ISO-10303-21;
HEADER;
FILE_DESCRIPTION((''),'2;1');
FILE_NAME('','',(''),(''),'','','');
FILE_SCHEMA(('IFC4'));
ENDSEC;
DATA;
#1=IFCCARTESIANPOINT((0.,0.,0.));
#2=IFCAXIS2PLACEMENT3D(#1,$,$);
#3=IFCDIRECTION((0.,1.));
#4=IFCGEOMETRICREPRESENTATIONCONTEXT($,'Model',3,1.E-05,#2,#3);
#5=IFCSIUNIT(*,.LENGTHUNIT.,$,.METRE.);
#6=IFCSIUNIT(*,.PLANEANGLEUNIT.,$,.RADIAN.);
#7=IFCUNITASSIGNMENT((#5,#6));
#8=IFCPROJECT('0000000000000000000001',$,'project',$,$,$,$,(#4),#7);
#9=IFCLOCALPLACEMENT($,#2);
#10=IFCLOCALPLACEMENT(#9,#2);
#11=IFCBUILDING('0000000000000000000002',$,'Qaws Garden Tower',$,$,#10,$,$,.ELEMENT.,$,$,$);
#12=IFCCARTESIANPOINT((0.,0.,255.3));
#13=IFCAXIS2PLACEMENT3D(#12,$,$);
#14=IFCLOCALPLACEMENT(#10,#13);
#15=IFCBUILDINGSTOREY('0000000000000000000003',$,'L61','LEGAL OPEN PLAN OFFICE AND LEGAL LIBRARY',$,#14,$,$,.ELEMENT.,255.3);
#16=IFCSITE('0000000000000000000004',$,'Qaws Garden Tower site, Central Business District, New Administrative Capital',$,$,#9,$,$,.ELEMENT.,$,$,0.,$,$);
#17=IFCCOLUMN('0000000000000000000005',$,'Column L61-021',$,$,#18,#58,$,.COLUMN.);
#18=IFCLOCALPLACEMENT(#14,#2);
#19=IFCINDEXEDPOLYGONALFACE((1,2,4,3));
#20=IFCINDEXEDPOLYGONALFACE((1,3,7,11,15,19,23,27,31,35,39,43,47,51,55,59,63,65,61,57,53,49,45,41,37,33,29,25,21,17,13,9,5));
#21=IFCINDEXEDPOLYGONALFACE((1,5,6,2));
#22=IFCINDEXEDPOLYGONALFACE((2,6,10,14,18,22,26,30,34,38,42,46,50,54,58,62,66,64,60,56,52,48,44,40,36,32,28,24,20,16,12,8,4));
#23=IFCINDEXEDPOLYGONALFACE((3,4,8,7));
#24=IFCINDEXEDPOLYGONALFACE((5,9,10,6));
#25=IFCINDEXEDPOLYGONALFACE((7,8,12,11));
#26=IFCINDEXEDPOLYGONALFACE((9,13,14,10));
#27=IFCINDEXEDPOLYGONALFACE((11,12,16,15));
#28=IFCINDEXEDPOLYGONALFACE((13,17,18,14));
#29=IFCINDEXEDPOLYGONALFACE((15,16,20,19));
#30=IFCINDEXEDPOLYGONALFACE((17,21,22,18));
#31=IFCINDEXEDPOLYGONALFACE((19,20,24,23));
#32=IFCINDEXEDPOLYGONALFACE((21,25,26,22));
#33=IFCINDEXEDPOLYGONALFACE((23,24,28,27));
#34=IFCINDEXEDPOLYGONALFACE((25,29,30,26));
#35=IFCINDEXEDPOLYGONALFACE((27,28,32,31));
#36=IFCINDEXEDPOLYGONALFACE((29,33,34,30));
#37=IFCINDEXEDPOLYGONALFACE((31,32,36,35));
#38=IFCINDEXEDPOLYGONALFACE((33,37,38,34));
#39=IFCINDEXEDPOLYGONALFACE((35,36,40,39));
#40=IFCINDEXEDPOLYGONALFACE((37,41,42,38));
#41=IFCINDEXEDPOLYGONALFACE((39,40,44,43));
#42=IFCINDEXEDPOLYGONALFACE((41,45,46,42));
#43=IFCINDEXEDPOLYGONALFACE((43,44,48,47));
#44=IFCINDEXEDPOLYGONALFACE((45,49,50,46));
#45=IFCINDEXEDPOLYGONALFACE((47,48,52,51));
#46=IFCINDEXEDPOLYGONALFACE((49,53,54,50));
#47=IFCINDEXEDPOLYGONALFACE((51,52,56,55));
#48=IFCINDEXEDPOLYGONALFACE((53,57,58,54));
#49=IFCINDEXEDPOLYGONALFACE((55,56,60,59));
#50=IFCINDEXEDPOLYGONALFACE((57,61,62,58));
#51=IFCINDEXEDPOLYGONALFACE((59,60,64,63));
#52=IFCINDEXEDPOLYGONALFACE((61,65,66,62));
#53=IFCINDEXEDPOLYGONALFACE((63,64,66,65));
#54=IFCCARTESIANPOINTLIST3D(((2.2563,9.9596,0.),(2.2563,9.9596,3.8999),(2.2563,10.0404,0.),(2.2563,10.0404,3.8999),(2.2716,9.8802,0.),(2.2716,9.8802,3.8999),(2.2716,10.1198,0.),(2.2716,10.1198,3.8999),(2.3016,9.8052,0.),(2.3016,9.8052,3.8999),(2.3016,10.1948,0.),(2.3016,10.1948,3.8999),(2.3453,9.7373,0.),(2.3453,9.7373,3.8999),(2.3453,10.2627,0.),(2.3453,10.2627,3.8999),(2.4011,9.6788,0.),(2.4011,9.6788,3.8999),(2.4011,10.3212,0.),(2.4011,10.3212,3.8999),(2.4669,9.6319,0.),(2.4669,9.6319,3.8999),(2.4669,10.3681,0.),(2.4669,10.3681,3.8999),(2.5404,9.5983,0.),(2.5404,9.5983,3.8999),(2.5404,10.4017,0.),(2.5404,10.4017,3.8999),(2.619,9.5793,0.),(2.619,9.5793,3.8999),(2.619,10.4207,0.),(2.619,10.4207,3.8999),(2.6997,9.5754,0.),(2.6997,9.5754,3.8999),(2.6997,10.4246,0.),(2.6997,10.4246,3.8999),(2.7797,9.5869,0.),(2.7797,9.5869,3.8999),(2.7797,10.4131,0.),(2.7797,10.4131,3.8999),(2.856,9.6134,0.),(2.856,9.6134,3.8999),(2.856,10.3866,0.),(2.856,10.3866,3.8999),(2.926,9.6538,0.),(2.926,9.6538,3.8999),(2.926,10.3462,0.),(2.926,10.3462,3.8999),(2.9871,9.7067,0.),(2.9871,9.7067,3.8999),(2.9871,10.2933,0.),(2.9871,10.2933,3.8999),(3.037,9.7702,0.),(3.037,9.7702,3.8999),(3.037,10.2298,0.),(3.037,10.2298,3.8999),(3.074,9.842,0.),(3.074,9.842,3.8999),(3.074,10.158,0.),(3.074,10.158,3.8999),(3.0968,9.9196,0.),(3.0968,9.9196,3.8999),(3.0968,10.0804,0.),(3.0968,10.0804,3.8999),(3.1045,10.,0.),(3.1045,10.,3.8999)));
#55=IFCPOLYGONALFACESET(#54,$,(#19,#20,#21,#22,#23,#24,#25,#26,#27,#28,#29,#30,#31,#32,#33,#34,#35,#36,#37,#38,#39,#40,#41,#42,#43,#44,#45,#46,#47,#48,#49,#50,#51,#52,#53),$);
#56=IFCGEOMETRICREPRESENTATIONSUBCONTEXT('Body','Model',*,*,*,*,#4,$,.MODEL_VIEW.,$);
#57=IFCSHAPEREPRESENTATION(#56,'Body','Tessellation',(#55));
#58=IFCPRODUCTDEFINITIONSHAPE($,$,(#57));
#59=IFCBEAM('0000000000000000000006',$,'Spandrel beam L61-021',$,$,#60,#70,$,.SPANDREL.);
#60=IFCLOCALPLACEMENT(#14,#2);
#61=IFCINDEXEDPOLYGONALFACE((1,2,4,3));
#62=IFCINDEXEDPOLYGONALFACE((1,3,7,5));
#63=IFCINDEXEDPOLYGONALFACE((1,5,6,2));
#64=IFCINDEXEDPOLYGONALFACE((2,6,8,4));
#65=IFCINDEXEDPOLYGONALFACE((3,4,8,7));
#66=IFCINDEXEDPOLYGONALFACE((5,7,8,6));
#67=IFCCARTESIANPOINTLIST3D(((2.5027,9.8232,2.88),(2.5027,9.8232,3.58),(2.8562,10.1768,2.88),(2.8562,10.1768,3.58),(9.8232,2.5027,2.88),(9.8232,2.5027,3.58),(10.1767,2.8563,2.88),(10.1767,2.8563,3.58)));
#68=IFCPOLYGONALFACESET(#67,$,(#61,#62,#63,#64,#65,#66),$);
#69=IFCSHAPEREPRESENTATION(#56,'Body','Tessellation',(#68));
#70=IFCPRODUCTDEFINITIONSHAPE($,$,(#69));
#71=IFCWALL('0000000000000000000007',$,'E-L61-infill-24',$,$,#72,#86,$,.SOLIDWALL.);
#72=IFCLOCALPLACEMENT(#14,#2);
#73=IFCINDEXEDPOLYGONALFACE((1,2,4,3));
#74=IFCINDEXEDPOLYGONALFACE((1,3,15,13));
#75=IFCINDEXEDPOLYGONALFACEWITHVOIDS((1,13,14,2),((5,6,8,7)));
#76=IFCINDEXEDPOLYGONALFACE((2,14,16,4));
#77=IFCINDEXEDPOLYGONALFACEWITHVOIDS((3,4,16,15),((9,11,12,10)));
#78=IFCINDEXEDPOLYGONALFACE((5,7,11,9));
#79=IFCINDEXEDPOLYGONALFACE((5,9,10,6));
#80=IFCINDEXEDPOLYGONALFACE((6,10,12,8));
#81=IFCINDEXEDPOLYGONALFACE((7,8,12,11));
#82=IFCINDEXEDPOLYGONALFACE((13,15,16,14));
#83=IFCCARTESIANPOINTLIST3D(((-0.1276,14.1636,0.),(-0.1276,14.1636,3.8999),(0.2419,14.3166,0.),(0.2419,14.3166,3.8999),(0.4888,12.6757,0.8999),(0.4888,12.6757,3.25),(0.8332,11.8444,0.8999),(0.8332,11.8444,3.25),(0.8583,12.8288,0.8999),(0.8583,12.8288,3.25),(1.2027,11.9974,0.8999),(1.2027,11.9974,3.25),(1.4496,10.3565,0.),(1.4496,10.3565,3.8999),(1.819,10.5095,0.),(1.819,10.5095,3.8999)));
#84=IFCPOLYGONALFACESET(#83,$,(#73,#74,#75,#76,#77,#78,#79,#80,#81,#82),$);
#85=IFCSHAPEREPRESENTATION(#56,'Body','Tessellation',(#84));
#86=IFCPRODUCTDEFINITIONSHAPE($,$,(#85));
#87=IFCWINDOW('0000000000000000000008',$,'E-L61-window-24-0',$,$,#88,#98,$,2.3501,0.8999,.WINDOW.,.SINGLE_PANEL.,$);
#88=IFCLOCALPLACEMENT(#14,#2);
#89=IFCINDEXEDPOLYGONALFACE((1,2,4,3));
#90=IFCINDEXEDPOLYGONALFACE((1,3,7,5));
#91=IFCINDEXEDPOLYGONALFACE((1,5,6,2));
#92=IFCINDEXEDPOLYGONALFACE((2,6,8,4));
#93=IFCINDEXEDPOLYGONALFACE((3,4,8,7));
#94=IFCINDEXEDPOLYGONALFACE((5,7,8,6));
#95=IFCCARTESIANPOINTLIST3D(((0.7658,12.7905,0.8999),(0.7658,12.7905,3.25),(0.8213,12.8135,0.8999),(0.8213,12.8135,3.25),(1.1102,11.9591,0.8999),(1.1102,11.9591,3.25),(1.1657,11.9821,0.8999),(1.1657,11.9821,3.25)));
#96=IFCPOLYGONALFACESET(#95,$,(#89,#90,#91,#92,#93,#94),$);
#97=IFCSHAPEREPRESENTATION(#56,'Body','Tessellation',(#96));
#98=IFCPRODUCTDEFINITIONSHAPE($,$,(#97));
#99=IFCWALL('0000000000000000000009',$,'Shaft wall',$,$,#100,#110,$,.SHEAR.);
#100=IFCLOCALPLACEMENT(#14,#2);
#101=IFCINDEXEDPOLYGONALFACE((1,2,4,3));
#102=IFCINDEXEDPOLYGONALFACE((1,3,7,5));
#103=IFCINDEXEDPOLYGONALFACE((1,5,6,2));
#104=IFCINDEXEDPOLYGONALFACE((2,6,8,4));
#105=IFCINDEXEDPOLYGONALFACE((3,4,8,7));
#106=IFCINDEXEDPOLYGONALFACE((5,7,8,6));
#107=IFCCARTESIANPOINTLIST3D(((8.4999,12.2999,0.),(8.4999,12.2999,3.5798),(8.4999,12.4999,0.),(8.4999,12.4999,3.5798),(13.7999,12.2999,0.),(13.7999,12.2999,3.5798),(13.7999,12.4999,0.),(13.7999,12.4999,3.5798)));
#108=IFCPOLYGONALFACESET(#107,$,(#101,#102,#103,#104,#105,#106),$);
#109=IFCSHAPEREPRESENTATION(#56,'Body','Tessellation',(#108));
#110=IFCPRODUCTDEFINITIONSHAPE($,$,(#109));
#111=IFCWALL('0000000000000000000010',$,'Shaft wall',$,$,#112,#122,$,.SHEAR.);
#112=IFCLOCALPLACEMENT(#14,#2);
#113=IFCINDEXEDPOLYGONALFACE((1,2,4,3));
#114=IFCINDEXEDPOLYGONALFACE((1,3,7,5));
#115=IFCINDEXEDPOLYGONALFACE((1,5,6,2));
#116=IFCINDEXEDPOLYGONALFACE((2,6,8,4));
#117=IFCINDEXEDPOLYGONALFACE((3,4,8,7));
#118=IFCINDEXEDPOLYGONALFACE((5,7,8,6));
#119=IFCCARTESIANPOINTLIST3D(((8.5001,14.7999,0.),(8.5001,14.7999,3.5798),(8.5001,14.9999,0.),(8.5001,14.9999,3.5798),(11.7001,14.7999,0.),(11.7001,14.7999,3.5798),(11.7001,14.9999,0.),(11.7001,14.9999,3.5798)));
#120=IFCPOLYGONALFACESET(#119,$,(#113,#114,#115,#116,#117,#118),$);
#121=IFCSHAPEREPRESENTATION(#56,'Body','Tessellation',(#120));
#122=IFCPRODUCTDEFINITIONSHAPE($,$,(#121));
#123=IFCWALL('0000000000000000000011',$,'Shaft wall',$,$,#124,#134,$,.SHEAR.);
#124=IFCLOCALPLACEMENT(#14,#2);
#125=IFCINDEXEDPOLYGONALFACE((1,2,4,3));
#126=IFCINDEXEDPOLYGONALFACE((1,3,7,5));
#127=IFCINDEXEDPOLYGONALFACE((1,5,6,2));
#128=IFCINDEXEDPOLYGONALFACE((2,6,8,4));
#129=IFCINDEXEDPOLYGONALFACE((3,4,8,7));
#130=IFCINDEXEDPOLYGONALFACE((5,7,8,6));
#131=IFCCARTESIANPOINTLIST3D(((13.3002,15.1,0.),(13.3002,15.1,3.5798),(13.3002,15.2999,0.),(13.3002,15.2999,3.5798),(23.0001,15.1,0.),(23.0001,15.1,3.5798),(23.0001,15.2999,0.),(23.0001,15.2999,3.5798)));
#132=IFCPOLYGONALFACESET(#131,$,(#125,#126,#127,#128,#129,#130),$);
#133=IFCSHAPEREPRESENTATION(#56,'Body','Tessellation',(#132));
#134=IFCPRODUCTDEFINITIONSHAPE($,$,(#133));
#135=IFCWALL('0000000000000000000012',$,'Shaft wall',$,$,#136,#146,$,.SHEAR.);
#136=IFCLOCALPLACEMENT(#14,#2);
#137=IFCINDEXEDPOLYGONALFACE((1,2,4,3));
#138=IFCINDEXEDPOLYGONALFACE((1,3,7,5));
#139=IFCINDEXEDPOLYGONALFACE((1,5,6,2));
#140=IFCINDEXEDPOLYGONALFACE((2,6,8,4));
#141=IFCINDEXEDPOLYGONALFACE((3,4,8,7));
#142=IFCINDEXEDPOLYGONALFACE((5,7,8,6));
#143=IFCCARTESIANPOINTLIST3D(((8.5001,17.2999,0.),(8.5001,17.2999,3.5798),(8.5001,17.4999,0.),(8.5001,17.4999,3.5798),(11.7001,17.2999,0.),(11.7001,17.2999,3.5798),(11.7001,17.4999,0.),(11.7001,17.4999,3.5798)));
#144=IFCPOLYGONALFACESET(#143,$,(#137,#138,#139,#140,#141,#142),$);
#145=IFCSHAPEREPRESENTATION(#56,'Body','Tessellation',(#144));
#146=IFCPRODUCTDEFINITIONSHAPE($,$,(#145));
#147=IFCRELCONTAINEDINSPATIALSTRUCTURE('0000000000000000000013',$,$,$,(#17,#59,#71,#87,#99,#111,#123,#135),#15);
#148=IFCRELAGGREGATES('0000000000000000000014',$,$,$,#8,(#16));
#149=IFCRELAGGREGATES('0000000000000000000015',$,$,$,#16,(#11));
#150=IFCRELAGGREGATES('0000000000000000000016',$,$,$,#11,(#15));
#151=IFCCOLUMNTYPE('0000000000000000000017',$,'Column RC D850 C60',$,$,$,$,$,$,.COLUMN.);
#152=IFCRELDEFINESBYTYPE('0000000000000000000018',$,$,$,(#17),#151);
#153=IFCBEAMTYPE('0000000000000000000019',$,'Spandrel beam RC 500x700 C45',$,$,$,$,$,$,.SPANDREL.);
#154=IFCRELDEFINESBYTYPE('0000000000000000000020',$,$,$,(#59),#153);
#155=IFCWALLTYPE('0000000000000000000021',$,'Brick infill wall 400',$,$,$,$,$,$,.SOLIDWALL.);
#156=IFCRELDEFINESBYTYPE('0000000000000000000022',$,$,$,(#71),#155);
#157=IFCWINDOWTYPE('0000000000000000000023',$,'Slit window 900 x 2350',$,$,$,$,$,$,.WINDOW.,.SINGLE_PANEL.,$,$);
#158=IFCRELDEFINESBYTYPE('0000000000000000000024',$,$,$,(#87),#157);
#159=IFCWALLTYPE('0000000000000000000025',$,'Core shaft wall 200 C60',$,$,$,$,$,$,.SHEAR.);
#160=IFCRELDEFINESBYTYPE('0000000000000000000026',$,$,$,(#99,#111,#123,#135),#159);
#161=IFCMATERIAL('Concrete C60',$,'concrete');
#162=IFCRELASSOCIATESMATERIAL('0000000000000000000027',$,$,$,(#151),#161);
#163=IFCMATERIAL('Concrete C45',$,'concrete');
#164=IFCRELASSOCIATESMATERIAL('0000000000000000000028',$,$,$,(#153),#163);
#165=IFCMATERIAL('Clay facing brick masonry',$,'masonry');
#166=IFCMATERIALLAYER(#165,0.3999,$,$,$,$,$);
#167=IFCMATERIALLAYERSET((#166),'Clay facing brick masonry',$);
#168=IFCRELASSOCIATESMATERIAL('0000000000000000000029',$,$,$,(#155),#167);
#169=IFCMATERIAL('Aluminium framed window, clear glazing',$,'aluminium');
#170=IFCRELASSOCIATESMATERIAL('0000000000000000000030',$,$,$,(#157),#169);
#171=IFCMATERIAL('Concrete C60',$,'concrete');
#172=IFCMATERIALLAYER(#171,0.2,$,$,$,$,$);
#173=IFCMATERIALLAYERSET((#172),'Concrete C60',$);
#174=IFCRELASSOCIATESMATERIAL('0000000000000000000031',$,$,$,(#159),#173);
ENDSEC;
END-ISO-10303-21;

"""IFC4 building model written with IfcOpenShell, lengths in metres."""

from ifc_helpers import new_model, si_unit, direction, frame, frame_2d, origin, origin_2d, place, context, subcontext, project, spatial, rectangle, circle, extrude, material, layer, layer_set, material_profile, profile_set, type_object, element, fill, save


model = new_model("IFC4")

# Units and contexts
model_context = context("Model", 3, precision=1e-05, world=origin(), true_north=direction((0.0, 1.0)))
body_context = subcontext(model_context, "Body", "Model", "MODEL_VIEW")
ifc_project = project(units=[si_unit("LENGTHUNIT", "METRE"), si_unit("PLANEANGLEUNIT", "RADIAN")], contexts=[model_context])

# Site, building, storey
site_placement = place(None, origin())
site = spatial("IfcSite", under=ifc_project, at=site_placement, Name="Qaws Garden Tower site, Central Business District, New Administrative Capital", CompositionType="ELEMENT", RefElevation=0.0)
building_placement = place(site_placement, origin())
building = spatial("IfcBuilding", under=site, at=building_placement, Name="Qaws Garden Tower", CompositionType="ELEMENT")
storey_placement = place(building_placement, frame((0.0, 0.0, 255.3)))
storey = spatial("IfcBuildingStorey", under=building, at=storey_placement, Name="L61", Description="LEGAL OPEN PLAN OFFICE AND LEGAL LIBRARY", CompositionType="ELEMENT", Elevation=255.3)

# Column
ifc_material_1 = material(Name="Concrete C60", Category="concrete")
ifc_material_profile_1 = material_profile(ifc_material_1, circle(Radius=0.425, at=origin_2d()), Name="RC D850")
ifc_profile_set_1 = profile_set([ifc_material_profile_1], Name="Concrete C60")
column_type = type_object("IfcColumnType", Name="Column RC D850 C60", PredefinedType="COLUMN", material=ifc_profile_set_1)
column_placement = place(storey_placement, frame((2.6794, 10.0, 0.0), z_axis=(0.0, 0.0, 1.0), x_axis=(1.0, 0.0, 0.0)))
element("IfcColumn", 1, at=column_placement, inside=storey, type_object=column_type, Name="Column L61-021", PredefinedType="COLUMN", context=body_context, shape_type="SweptSolid", body=[
    extrude(circle(Radius=0.425, at=origin_2d()), origin(), (0.0, 0.0, 1.0), 3.8999),
])

# Beam
ifc_material_2 = material(Name="Concrete C45", Category="concrete")
ifc_material_profile_2 = material_profile(ifc_material_2, rectangle(XDim=0.5, YDim=0.7, at=origin_2d()), Name="RC 500x700")
ifc_profile_set_2 = profile_set([ifc_material_profile_2], Name="Concrete C45")
beam_type = type_object("IfcBeamType", Name="Spandrel beam RC 500x700 C45", PredefinedType="SPANDREL", material=ifc_profile_set_2)
beam_placement = place(storey_placement, frame((2.6794, 10.0, 3.23), z_axis=(0.707107, -0.707107, 0.0), x_axis=(0.707107, 0.707107, 0.0)))
element("IfcBeam", 2, at=beam_placement, inside=storey, type_object=beam_type, Name="Spandrel beam L61-021", PredefinedType="SPANDREL", context=body_context, shape_type="SweptSolid", body=[
    extrude(rectangle(XDim=0.5, YDim=0.7, at=origin_2d()), origin(), (0.0, 0.0, 1.0), 10.3528),
])

# Wall, opening, window
ifc_material_3 = material(Name="Clay facing brick masonry", Category="masonry")
ifc_layer_1 = layer(ifc_material_3, 0.3999)
ifc_layer_set_1 = layer_set([ifc_layer_1], Name="Clay facing brick masonry")
wall_type_1 = type_object("IfcWallType", Name="Brick infill wall 400", PredefinedType="SOLIDWALL", material=ifc_layer_set_1)
wall_1_placement = place(storey_placement, frame((0.0571, 14.2402, 0.0), z_axis=(0.0, 0.0, 1.0), x_axis=(0.382722, -0.923864, 0.0)))
wall_1 = element("IfcWall", 3, at=wall_1_placement, inside=storey, type_object=wall_type_1, Name="E-L61-infill-24", PredefinedType="SOLIDWALL", context=body_context, shape_type="SweptSolid", body=[
    extrude(rectangle(XDim=4.1208, YDim=0.3999, at=frame_2d((2.0605, 0.0))), origin(), (0.0, 0.0, 1.0), 3.8999),
])
opening_1_placement = place(wall_1_placement, frame((1.6106, 0.0, 0.8999)))
opening_1 = element("IfcOpeningElement", 4, at=opening_1_placement, cuts=wall_1, PredefinedType="OPENING", context=body_context, shape_type="SweptSolid", body=[
    extrude(rectangle(XDim=0.8999, YDim=2.3501, at=frame_2d((0.45, 1.175))), frame((0.0, 0.21, 0.0), z_axis=(0.0, -1.0, 0.0), x_axis=(1.0, 0.0, 0.0)), (0.0, 0.0, 1.0), 0.4199),
])
ifc_material_4 = material(Name="Aluminium framed window, clear glazing", Category="aluminium")
window_type = type_object("IfcWindowType", Name="Slit window 900 x 2350", PartitioningType="SINGLE_PANEL", PredefinedType="WINDOW", material=ifc_material_4)
window_placement = place(opening_1_placement, origin())
window = element("IfcWindow", 5, at=window_placement, inside=storey, type_object=window_type, Name="E-L61-window-24-0", OverallHeight=2.3501, OverallWidth=0.8999, PartitioningType="SINGLE_PANEL", PredefinedType="WINDOW", context=body_context, shape_type="SweptSolid", body=[
    extrude(rectangle(XDim=0.8999, YDim=2.3501, at=frame_2d((0.45, 1.175))), frame((0.0, 0.1599, 0.0), z_axis=(0.0, -1.0, 0.0), x_axis=(1.0, 0.0, 0.0)), (0.0, 0.0, 1.0), 0.0601),
])
fill(opening_1, window)

# Walls
ifc_material_5 = material(Name="Concrete C60", Category="concrete")
ifc_layer_2 = layer(ifc_material_5, 0.2)
ifc_layer_set_2 = layer_set([ifc_layer_2], Name="Concrete C60")
wall_type_2 = type_object("IfcWallType", Name="Core shaft wall 200 C60", PredefinedType="SHEAR", material=ifc_layer_set_2)
wall_2_placement = place(storey_placement, frame((8.5, 12.3999, 0.0), z_axis=(0.0, 0.0, 1.0), x_axis=(1.0, 0.0, 0.0)))
element("IfcWall", 6, at=wall_2_placement, inside=storey, type_object=wall_type_2, Name="Shaft wall", PredefinedType="SHEAR", context=body_context, shape_type="SweptSolid", body=[
    extrude(rectangle(XDim=5.3, YDim=0.2, at=frame_2d((2.6499, 0.0))), origin(), (0.0, 0.0, 1.0), 3.5798),
])
wall_3_placement = place(storey_placement, frame((8.5, 14.8999, 0.0), z_axis=(0.0, 0.0, 1.0), x_axis=(1.0, 0.0, 0.0)))
element("IfcWall", 7, at=wall_3_placement, inside=storey, type_object=wall_type_2, Name="Shaft wall", PredefinedType="SHEAR", context=body_context, shape_type="SweptSolid", body=[
    extrude(rectangle(XDim=3.2, YDim=0.2, at=frame_2d((1.6001, 0.0))), origin(), (0.0, 0.0, 1.0), 3.5798),
])
wall_4_placement = place(storey_placement, frame((13.3, 15.2, 0.0), z_axis=(0.0, 0.0, 1.0), x_axis=(1.0, 0.0, 0.0)))
element("IfcWall", 8, at=wall_4_placement, inside=storey, type_object=wall_type_2, Name="Shaft wall", PredefinedType="SHEAR", context=body_context, shape_type="SweptSolid", body=[
    extrude(rectangle(XDim=9.7, YDim=0.2, at=frame_2d((4.8501, 0.0))), origin(), (0.0, 0.0, 1.0), 3.5798),
])
wall_5_placement = place(storey_placement, frame((8.5, 17.3999, 0.0), z_axis=(0.0, 0.0, 1.0), x_axis=(1.0, 0.0, 0.0)))
element("IfcWall", 9, at=wall_5_placement, inside=storey, type_object=wall_type_2, Name="Shaft wall", PredefinedType="SHEAR", context=body_context, shape_type="SweptSolid", body=[
    extrude(rectangle(XDim=3.2, YDim=0.2, at=frame_2d((1.6001, 0.0))), origin(), (0.0, 0.0, 1.0), 3.5798),
])

save(model, "model.ifc")
